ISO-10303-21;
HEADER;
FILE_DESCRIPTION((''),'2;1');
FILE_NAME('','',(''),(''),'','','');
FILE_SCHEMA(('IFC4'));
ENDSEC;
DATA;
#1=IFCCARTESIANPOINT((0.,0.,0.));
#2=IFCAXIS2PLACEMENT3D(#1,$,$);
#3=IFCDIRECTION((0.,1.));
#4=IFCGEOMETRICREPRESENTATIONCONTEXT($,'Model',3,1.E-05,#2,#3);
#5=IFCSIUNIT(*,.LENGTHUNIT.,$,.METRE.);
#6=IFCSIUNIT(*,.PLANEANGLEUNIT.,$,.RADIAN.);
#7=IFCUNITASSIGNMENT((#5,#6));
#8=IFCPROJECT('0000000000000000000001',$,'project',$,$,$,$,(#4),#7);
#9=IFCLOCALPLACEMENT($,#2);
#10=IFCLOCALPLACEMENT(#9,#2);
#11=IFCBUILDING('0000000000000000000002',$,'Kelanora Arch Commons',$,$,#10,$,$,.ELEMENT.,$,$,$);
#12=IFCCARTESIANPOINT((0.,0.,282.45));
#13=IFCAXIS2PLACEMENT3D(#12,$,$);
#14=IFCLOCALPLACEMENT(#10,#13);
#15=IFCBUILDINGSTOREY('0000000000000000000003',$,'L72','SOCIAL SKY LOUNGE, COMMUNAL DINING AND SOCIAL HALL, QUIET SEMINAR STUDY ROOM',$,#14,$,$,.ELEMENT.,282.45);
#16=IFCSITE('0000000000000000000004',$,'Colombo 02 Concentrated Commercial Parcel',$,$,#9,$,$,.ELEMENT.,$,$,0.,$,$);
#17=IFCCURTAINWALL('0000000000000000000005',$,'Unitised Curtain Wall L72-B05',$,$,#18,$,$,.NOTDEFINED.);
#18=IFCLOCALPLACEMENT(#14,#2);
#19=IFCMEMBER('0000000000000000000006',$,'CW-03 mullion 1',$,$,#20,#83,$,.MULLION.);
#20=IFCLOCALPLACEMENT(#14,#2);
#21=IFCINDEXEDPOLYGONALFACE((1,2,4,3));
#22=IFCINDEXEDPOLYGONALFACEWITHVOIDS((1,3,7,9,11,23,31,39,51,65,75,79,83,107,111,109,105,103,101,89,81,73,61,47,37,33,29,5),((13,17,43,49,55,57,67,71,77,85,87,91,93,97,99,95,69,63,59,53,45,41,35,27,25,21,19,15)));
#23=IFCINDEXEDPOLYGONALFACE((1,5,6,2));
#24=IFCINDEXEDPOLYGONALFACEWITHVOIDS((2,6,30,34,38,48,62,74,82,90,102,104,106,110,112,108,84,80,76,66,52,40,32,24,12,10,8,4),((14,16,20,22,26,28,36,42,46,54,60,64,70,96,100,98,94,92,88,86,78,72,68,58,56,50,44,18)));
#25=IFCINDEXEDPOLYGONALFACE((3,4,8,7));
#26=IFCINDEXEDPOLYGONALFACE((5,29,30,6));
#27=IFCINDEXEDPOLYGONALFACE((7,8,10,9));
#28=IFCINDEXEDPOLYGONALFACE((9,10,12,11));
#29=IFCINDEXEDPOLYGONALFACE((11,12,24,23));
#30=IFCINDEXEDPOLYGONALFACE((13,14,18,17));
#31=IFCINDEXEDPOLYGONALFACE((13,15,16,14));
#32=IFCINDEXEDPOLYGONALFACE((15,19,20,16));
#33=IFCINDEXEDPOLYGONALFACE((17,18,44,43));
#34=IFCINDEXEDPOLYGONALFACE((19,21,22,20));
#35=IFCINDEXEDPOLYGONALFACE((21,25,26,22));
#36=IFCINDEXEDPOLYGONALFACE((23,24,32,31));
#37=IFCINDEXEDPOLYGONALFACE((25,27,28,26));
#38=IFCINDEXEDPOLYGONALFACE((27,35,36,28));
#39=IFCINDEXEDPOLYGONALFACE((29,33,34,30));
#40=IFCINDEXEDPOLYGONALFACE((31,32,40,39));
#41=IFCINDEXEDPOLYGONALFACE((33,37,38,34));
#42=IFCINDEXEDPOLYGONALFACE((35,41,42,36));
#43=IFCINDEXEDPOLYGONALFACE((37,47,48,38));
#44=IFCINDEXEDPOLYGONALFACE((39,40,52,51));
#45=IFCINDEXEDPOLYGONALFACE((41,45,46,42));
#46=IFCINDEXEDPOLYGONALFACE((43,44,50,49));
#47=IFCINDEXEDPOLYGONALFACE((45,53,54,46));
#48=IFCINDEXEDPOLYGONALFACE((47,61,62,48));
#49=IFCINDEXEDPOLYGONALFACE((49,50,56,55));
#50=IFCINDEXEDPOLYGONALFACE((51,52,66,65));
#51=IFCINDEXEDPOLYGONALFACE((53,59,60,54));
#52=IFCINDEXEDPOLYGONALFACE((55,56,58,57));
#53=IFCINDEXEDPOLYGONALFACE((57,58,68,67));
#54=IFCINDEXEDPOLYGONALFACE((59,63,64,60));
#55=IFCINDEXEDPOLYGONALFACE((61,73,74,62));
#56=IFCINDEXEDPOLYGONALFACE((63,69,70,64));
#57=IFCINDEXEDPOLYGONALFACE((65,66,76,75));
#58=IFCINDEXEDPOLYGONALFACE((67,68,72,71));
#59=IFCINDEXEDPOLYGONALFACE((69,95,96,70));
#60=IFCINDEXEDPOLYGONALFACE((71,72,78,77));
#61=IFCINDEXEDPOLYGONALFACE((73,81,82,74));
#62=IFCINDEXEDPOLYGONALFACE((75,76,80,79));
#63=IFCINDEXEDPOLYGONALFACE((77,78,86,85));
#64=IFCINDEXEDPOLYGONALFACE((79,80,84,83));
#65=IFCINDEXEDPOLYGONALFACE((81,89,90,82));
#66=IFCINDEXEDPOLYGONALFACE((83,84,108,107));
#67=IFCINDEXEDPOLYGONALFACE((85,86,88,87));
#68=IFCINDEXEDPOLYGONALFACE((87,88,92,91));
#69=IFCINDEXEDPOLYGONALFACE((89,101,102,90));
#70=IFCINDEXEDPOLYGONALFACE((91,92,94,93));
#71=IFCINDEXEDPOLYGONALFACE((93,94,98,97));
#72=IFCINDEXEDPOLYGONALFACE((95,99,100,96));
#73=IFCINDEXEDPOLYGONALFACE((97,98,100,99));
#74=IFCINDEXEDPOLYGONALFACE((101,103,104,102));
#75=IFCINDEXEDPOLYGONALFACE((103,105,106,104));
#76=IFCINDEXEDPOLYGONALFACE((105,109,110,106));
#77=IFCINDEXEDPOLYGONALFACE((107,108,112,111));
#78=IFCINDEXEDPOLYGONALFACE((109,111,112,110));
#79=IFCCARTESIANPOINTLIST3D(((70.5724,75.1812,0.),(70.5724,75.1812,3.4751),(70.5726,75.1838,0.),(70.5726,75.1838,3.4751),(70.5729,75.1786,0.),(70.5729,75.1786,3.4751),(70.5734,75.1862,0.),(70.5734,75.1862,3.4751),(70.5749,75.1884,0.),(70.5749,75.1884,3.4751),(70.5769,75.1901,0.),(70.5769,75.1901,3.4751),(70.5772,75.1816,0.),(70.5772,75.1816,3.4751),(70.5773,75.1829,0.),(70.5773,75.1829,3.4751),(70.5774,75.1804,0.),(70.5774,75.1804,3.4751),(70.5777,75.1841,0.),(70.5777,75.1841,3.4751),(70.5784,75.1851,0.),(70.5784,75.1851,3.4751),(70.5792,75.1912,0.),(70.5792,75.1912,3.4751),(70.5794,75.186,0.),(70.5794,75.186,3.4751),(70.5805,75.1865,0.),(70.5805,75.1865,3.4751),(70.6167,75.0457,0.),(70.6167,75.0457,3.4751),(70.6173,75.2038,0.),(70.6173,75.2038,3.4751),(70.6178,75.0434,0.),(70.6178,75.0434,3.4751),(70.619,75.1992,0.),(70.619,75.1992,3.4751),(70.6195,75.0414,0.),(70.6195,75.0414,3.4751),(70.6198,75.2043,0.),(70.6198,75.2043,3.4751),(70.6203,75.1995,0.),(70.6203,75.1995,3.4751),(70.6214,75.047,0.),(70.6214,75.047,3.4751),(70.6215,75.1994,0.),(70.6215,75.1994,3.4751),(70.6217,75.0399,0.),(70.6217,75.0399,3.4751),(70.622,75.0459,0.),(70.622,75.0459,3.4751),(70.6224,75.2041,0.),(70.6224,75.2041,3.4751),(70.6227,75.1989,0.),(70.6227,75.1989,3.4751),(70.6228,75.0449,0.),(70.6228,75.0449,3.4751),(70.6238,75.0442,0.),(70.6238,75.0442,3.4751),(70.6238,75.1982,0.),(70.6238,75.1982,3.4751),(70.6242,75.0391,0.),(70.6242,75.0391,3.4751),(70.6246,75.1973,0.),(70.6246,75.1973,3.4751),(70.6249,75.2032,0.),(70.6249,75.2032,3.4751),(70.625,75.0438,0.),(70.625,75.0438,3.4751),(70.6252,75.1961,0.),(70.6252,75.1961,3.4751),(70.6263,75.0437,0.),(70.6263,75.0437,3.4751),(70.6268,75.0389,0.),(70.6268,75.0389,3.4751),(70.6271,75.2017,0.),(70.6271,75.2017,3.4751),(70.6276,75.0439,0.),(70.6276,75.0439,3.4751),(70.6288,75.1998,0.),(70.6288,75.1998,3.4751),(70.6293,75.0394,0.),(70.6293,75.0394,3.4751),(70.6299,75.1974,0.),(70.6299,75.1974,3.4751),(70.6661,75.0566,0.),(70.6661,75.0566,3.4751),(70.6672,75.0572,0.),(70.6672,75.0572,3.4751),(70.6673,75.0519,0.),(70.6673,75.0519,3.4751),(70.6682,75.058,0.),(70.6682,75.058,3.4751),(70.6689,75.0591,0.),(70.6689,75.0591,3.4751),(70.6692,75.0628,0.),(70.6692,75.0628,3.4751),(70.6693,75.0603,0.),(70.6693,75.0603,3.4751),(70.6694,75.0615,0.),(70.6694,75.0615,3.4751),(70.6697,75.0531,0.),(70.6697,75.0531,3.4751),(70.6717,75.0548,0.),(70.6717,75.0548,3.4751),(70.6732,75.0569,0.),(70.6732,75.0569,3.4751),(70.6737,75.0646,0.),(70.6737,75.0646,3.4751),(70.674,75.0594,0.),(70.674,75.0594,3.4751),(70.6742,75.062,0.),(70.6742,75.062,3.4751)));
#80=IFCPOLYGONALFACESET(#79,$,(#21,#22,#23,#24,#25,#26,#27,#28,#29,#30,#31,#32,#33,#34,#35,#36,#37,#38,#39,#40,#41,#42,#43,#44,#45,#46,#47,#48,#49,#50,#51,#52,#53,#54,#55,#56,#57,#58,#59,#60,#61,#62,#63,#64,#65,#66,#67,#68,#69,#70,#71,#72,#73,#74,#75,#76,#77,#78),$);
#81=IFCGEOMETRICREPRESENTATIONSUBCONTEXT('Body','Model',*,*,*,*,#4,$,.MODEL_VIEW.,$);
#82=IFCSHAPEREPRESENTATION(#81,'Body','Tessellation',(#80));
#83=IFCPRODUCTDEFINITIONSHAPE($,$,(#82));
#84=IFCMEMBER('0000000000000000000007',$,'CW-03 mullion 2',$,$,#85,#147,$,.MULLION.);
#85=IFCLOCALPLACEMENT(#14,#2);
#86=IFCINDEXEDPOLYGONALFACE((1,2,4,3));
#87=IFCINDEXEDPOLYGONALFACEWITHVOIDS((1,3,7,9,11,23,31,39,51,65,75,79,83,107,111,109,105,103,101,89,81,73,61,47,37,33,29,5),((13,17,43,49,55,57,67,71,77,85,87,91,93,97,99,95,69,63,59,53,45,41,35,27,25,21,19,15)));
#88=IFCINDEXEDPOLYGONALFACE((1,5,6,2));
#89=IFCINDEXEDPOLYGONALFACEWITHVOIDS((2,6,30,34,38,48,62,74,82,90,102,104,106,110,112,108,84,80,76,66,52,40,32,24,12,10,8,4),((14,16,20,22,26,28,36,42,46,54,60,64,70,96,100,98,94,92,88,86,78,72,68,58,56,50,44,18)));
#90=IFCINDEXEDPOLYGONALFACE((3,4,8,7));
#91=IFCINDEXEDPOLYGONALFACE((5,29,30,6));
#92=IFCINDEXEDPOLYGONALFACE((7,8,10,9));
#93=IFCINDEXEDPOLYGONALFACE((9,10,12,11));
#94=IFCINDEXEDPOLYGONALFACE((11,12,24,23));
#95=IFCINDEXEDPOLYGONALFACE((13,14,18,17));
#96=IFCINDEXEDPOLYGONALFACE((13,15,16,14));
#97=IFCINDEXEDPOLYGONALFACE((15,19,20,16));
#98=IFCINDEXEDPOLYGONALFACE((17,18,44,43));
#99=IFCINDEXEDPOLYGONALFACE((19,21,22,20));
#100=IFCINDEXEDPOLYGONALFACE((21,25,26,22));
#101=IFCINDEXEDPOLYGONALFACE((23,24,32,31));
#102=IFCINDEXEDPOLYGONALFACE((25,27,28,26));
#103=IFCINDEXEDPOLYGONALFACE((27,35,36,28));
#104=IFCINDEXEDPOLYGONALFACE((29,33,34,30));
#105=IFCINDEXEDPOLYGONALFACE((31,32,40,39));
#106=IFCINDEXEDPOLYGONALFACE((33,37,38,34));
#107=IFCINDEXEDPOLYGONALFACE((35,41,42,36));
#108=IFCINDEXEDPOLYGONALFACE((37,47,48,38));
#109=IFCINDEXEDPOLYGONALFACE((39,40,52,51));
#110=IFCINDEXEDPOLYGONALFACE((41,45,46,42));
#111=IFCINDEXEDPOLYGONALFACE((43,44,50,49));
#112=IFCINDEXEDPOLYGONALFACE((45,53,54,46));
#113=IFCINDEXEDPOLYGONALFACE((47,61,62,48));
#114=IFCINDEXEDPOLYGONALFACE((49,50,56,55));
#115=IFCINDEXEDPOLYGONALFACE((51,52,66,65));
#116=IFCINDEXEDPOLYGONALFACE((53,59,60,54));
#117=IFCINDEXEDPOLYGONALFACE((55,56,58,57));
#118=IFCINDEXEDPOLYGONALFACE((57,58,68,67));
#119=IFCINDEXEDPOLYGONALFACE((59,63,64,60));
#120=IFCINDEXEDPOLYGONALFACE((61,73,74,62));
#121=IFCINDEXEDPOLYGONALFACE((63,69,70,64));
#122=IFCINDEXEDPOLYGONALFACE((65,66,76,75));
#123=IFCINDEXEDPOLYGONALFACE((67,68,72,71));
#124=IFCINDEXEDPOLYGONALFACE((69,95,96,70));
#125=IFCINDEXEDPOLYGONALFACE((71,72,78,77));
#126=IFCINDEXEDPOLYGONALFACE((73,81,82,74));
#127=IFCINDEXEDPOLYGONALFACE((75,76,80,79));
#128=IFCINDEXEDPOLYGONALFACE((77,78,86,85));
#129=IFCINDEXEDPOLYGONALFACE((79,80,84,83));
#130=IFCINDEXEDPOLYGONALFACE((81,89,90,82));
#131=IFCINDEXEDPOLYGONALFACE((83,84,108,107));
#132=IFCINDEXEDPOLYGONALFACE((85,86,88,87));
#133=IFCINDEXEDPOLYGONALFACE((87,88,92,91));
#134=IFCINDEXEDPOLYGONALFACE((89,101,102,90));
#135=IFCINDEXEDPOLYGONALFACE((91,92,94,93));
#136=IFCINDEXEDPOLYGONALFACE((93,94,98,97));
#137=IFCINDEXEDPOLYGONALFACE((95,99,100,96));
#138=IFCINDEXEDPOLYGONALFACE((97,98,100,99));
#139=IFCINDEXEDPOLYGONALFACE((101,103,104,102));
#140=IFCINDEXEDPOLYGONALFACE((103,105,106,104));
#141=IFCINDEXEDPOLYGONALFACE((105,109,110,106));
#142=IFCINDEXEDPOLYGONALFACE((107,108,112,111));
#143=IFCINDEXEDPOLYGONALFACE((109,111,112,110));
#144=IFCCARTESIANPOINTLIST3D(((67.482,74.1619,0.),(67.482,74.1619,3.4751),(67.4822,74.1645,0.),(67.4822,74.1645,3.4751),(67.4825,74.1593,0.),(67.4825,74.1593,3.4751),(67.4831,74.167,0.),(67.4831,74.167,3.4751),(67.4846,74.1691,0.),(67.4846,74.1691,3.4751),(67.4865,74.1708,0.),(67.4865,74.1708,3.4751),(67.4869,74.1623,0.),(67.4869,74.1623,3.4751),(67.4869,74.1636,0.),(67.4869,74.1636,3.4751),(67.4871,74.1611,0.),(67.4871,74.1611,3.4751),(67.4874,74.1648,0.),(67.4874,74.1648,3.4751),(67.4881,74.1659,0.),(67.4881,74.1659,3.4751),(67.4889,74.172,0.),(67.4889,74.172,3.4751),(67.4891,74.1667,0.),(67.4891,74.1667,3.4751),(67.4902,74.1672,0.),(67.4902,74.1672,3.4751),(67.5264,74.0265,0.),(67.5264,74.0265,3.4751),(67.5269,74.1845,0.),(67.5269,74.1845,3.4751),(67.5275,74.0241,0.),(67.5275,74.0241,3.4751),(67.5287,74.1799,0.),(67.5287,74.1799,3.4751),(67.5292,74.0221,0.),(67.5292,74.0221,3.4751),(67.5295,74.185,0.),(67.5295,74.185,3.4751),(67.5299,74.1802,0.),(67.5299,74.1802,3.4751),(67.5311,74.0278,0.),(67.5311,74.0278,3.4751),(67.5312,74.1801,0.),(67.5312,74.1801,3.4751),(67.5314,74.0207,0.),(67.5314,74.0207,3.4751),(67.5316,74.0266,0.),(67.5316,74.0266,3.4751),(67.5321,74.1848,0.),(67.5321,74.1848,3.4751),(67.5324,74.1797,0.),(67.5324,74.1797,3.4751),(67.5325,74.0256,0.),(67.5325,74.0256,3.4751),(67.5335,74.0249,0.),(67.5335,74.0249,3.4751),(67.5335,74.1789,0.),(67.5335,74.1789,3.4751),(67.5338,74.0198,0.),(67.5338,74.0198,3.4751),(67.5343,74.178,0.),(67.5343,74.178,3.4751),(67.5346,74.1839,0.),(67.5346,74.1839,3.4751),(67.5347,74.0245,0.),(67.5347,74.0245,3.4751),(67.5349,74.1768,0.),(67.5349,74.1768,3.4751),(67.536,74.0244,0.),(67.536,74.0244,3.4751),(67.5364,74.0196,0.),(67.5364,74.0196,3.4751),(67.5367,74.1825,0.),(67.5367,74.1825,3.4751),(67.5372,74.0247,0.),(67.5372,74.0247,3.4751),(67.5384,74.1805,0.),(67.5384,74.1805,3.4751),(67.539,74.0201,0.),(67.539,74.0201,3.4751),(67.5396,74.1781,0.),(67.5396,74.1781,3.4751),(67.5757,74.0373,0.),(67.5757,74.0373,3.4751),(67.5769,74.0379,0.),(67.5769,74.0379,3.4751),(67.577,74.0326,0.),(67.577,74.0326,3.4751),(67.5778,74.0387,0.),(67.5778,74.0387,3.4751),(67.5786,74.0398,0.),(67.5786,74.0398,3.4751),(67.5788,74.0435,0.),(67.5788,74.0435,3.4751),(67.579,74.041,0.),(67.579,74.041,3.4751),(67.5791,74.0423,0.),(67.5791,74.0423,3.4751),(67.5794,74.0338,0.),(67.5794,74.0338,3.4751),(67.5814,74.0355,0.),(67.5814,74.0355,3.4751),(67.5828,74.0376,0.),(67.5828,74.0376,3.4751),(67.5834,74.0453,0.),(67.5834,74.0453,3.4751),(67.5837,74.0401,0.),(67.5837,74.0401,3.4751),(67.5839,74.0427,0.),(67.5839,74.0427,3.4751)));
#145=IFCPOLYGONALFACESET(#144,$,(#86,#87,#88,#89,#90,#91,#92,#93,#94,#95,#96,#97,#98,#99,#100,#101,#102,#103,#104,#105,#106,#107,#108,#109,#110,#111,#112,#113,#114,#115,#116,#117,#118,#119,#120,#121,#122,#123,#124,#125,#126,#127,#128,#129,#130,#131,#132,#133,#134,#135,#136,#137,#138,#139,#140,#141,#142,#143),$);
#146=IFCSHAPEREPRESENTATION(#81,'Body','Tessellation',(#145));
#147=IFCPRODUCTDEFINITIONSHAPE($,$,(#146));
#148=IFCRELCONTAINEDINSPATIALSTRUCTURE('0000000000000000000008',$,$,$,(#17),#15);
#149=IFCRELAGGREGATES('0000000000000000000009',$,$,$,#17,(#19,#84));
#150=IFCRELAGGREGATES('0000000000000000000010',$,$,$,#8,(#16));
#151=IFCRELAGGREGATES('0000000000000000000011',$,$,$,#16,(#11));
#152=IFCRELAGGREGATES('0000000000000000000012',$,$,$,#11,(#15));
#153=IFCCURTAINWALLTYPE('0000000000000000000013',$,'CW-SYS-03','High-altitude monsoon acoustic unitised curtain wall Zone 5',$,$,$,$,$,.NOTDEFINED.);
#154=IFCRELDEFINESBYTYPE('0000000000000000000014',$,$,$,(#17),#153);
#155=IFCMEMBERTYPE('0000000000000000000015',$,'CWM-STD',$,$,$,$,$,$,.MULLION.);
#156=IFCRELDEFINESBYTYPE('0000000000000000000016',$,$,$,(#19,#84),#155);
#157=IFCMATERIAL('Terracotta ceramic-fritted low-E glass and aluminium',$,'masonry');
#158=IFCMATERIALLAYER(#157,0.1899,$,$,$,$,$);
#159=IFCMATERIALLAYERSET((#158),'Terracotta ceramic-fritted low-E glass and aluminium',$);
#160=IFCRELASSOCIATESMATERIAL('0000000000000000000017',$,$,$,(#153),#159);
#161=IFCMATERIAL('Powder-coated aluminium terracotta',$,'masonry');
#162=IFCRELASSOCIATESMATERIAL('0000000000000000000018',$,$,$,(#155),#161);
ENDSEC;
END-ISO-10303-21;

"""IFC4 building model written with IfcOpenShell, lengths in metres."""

from ifc_helpers import new_model, si_unit, direction, frame, origin, origin_2d, place, context, subcontext, project, spatial, hollow_rectangle, extrude, material, layer, layer_set, material_profile, profile_set, type_object, element, aggregate, save


model = new_model("IFC4")

# Units and contexts
model_context = context("Model", 3, precision=1e-05, world=origin(), true_north=direction((0.0, 1.0)))
body_context = subcontext(model_context, "Body", "Model", "MODEL_VIEW")
ifc_project = project(units=[si_unit("LENGTHUNIT", "METRE"), si_unit("PLANEANGLEUNIT", "RADIAN")], contexts=[model_context])

# Site, building, storey
site_placement = place(None, origin())
site = spatial("IfcSite", under=ifc_project, at=site_placement, Name="Colombo 02 Concentrated Commercial Parcel", CompositionType="ELEMENT", RefElevation=0.0)
building_placement = place(site_placement, origin())
building = spatial("IfcBuilding", under=site, at=building_placement, Name="Kelanora Arch Commons", CompositionType="ELEMENT")
storey_placement = place(building_placement, frame((0.0, 0.0, 282.45)))
storey = spatial("IfcBuildingStorey", under=building, at=storey_placement, Name="L72", Description="SOCIAL SKY LOUNGE, COMMUNAL DINING AND SOCIAL HALL, QUIET SEMINAR STUDY ROOM", CompositionType="ELEMENT", Elevation=282.45)

# Curtain wall, members
ifc_material_1 = material(Name="Terracotta ceramic-fritted low-E glass and aluminium", Category="masonry")
ifc_layer_1 = layer(ifc_material_1, 0.1899)
ifc_layer_set_1 = layer_set([ifc_layer_1], Name="Terracotta ceramic-fritted low-E glass and aluminium")
curtain_wall_type = type_object("IfcCurtainWallType", Name="CW-SYS-03", Description="High-altitude monsoon acoustic unitised curtain wall Zone 5", PredefinedType="NOTDEFINED", material=ifc_layer_set_1)
curtain_wall_placement = place(storey_placement, origin())
curtain_wall = element("IfcCurtainWall", 1, at=curtain_wall_placement, inside=storey, type_object=curtain_wall_type, Name="Unitised Curtain Wall L72-B05", PredefinedType="NOTDEFINED")
ifc_material_2 = material(Name="Powder-coated aluminium terracotta", Category="masonry")
ifc_material_profile_1 = material_profile(ifc_material_2, hollow_rectangle(XDim=0.1599, YDim=0.0601, WallThickness=0.0049, InnerFilletRadius=0.0049, OuterFilletRadius=0.01, at=origin_2d()), Name="CWM160x60")
ifc_profile_set_1 = profile_set([ifc_material_profile_1], Name="Powder-coated aluminium terracotta")
member_type_1 = type_object("IfcMemberType", Name="CWM-STD", PredefinedType="MULLION", material=ifc_profile_set_1)
member_1_placement = place(storey_placement, frame((70.6233, 75.1216, 0.0), z_axis=(0.0, 0.0, 1.0), x_axis=(0.313253, -0.94967, 0.0)))
member_1 = element("IfcMember", 2, at=member_1_placement, type_object=member_type_1, Name="CW-03 mullion 1", PredefinedType="MULLION", context=body_context, shape_type="SweptSolid", body=[
    extrude(hollow_rectangle(XDim=0.1599, YDim=0.0601, WallThickness=0.0049, InnerFilletRadius=0.0049, OuterFilletRadius=0.01, at=origin_2d()), origin(), (0.0, 0.0, 1.0), 3.4751),
])
member_2_placement = place(storey_placement, frame((67.533, 74.1023, 0.0), z_axis=(0.0, 0.0, 1.0), x_axis=(0.313253, -0.94967, 0.0)))
member_2 = element("IfcMember", 3, at=member_2_placement, type_object=member_type_1, Name="CW-03 mullion 2", PredefinedType="MULLION", context=body_context, shape_type="SweptSolid", body=[
    extrude(hollow_rectangle(XDim=0.1599, YDim=0.0601, WallThickness=0.0049, InnerFilletRadius=0.0049, OuterFilletRadius=0.01, at=origin_2d()), origin(), (0.0, 0.0, 1.0), 3.4751),
])
aggregate(curtain_wall, [member_1, member_2])

save(model, "model.ifc")
